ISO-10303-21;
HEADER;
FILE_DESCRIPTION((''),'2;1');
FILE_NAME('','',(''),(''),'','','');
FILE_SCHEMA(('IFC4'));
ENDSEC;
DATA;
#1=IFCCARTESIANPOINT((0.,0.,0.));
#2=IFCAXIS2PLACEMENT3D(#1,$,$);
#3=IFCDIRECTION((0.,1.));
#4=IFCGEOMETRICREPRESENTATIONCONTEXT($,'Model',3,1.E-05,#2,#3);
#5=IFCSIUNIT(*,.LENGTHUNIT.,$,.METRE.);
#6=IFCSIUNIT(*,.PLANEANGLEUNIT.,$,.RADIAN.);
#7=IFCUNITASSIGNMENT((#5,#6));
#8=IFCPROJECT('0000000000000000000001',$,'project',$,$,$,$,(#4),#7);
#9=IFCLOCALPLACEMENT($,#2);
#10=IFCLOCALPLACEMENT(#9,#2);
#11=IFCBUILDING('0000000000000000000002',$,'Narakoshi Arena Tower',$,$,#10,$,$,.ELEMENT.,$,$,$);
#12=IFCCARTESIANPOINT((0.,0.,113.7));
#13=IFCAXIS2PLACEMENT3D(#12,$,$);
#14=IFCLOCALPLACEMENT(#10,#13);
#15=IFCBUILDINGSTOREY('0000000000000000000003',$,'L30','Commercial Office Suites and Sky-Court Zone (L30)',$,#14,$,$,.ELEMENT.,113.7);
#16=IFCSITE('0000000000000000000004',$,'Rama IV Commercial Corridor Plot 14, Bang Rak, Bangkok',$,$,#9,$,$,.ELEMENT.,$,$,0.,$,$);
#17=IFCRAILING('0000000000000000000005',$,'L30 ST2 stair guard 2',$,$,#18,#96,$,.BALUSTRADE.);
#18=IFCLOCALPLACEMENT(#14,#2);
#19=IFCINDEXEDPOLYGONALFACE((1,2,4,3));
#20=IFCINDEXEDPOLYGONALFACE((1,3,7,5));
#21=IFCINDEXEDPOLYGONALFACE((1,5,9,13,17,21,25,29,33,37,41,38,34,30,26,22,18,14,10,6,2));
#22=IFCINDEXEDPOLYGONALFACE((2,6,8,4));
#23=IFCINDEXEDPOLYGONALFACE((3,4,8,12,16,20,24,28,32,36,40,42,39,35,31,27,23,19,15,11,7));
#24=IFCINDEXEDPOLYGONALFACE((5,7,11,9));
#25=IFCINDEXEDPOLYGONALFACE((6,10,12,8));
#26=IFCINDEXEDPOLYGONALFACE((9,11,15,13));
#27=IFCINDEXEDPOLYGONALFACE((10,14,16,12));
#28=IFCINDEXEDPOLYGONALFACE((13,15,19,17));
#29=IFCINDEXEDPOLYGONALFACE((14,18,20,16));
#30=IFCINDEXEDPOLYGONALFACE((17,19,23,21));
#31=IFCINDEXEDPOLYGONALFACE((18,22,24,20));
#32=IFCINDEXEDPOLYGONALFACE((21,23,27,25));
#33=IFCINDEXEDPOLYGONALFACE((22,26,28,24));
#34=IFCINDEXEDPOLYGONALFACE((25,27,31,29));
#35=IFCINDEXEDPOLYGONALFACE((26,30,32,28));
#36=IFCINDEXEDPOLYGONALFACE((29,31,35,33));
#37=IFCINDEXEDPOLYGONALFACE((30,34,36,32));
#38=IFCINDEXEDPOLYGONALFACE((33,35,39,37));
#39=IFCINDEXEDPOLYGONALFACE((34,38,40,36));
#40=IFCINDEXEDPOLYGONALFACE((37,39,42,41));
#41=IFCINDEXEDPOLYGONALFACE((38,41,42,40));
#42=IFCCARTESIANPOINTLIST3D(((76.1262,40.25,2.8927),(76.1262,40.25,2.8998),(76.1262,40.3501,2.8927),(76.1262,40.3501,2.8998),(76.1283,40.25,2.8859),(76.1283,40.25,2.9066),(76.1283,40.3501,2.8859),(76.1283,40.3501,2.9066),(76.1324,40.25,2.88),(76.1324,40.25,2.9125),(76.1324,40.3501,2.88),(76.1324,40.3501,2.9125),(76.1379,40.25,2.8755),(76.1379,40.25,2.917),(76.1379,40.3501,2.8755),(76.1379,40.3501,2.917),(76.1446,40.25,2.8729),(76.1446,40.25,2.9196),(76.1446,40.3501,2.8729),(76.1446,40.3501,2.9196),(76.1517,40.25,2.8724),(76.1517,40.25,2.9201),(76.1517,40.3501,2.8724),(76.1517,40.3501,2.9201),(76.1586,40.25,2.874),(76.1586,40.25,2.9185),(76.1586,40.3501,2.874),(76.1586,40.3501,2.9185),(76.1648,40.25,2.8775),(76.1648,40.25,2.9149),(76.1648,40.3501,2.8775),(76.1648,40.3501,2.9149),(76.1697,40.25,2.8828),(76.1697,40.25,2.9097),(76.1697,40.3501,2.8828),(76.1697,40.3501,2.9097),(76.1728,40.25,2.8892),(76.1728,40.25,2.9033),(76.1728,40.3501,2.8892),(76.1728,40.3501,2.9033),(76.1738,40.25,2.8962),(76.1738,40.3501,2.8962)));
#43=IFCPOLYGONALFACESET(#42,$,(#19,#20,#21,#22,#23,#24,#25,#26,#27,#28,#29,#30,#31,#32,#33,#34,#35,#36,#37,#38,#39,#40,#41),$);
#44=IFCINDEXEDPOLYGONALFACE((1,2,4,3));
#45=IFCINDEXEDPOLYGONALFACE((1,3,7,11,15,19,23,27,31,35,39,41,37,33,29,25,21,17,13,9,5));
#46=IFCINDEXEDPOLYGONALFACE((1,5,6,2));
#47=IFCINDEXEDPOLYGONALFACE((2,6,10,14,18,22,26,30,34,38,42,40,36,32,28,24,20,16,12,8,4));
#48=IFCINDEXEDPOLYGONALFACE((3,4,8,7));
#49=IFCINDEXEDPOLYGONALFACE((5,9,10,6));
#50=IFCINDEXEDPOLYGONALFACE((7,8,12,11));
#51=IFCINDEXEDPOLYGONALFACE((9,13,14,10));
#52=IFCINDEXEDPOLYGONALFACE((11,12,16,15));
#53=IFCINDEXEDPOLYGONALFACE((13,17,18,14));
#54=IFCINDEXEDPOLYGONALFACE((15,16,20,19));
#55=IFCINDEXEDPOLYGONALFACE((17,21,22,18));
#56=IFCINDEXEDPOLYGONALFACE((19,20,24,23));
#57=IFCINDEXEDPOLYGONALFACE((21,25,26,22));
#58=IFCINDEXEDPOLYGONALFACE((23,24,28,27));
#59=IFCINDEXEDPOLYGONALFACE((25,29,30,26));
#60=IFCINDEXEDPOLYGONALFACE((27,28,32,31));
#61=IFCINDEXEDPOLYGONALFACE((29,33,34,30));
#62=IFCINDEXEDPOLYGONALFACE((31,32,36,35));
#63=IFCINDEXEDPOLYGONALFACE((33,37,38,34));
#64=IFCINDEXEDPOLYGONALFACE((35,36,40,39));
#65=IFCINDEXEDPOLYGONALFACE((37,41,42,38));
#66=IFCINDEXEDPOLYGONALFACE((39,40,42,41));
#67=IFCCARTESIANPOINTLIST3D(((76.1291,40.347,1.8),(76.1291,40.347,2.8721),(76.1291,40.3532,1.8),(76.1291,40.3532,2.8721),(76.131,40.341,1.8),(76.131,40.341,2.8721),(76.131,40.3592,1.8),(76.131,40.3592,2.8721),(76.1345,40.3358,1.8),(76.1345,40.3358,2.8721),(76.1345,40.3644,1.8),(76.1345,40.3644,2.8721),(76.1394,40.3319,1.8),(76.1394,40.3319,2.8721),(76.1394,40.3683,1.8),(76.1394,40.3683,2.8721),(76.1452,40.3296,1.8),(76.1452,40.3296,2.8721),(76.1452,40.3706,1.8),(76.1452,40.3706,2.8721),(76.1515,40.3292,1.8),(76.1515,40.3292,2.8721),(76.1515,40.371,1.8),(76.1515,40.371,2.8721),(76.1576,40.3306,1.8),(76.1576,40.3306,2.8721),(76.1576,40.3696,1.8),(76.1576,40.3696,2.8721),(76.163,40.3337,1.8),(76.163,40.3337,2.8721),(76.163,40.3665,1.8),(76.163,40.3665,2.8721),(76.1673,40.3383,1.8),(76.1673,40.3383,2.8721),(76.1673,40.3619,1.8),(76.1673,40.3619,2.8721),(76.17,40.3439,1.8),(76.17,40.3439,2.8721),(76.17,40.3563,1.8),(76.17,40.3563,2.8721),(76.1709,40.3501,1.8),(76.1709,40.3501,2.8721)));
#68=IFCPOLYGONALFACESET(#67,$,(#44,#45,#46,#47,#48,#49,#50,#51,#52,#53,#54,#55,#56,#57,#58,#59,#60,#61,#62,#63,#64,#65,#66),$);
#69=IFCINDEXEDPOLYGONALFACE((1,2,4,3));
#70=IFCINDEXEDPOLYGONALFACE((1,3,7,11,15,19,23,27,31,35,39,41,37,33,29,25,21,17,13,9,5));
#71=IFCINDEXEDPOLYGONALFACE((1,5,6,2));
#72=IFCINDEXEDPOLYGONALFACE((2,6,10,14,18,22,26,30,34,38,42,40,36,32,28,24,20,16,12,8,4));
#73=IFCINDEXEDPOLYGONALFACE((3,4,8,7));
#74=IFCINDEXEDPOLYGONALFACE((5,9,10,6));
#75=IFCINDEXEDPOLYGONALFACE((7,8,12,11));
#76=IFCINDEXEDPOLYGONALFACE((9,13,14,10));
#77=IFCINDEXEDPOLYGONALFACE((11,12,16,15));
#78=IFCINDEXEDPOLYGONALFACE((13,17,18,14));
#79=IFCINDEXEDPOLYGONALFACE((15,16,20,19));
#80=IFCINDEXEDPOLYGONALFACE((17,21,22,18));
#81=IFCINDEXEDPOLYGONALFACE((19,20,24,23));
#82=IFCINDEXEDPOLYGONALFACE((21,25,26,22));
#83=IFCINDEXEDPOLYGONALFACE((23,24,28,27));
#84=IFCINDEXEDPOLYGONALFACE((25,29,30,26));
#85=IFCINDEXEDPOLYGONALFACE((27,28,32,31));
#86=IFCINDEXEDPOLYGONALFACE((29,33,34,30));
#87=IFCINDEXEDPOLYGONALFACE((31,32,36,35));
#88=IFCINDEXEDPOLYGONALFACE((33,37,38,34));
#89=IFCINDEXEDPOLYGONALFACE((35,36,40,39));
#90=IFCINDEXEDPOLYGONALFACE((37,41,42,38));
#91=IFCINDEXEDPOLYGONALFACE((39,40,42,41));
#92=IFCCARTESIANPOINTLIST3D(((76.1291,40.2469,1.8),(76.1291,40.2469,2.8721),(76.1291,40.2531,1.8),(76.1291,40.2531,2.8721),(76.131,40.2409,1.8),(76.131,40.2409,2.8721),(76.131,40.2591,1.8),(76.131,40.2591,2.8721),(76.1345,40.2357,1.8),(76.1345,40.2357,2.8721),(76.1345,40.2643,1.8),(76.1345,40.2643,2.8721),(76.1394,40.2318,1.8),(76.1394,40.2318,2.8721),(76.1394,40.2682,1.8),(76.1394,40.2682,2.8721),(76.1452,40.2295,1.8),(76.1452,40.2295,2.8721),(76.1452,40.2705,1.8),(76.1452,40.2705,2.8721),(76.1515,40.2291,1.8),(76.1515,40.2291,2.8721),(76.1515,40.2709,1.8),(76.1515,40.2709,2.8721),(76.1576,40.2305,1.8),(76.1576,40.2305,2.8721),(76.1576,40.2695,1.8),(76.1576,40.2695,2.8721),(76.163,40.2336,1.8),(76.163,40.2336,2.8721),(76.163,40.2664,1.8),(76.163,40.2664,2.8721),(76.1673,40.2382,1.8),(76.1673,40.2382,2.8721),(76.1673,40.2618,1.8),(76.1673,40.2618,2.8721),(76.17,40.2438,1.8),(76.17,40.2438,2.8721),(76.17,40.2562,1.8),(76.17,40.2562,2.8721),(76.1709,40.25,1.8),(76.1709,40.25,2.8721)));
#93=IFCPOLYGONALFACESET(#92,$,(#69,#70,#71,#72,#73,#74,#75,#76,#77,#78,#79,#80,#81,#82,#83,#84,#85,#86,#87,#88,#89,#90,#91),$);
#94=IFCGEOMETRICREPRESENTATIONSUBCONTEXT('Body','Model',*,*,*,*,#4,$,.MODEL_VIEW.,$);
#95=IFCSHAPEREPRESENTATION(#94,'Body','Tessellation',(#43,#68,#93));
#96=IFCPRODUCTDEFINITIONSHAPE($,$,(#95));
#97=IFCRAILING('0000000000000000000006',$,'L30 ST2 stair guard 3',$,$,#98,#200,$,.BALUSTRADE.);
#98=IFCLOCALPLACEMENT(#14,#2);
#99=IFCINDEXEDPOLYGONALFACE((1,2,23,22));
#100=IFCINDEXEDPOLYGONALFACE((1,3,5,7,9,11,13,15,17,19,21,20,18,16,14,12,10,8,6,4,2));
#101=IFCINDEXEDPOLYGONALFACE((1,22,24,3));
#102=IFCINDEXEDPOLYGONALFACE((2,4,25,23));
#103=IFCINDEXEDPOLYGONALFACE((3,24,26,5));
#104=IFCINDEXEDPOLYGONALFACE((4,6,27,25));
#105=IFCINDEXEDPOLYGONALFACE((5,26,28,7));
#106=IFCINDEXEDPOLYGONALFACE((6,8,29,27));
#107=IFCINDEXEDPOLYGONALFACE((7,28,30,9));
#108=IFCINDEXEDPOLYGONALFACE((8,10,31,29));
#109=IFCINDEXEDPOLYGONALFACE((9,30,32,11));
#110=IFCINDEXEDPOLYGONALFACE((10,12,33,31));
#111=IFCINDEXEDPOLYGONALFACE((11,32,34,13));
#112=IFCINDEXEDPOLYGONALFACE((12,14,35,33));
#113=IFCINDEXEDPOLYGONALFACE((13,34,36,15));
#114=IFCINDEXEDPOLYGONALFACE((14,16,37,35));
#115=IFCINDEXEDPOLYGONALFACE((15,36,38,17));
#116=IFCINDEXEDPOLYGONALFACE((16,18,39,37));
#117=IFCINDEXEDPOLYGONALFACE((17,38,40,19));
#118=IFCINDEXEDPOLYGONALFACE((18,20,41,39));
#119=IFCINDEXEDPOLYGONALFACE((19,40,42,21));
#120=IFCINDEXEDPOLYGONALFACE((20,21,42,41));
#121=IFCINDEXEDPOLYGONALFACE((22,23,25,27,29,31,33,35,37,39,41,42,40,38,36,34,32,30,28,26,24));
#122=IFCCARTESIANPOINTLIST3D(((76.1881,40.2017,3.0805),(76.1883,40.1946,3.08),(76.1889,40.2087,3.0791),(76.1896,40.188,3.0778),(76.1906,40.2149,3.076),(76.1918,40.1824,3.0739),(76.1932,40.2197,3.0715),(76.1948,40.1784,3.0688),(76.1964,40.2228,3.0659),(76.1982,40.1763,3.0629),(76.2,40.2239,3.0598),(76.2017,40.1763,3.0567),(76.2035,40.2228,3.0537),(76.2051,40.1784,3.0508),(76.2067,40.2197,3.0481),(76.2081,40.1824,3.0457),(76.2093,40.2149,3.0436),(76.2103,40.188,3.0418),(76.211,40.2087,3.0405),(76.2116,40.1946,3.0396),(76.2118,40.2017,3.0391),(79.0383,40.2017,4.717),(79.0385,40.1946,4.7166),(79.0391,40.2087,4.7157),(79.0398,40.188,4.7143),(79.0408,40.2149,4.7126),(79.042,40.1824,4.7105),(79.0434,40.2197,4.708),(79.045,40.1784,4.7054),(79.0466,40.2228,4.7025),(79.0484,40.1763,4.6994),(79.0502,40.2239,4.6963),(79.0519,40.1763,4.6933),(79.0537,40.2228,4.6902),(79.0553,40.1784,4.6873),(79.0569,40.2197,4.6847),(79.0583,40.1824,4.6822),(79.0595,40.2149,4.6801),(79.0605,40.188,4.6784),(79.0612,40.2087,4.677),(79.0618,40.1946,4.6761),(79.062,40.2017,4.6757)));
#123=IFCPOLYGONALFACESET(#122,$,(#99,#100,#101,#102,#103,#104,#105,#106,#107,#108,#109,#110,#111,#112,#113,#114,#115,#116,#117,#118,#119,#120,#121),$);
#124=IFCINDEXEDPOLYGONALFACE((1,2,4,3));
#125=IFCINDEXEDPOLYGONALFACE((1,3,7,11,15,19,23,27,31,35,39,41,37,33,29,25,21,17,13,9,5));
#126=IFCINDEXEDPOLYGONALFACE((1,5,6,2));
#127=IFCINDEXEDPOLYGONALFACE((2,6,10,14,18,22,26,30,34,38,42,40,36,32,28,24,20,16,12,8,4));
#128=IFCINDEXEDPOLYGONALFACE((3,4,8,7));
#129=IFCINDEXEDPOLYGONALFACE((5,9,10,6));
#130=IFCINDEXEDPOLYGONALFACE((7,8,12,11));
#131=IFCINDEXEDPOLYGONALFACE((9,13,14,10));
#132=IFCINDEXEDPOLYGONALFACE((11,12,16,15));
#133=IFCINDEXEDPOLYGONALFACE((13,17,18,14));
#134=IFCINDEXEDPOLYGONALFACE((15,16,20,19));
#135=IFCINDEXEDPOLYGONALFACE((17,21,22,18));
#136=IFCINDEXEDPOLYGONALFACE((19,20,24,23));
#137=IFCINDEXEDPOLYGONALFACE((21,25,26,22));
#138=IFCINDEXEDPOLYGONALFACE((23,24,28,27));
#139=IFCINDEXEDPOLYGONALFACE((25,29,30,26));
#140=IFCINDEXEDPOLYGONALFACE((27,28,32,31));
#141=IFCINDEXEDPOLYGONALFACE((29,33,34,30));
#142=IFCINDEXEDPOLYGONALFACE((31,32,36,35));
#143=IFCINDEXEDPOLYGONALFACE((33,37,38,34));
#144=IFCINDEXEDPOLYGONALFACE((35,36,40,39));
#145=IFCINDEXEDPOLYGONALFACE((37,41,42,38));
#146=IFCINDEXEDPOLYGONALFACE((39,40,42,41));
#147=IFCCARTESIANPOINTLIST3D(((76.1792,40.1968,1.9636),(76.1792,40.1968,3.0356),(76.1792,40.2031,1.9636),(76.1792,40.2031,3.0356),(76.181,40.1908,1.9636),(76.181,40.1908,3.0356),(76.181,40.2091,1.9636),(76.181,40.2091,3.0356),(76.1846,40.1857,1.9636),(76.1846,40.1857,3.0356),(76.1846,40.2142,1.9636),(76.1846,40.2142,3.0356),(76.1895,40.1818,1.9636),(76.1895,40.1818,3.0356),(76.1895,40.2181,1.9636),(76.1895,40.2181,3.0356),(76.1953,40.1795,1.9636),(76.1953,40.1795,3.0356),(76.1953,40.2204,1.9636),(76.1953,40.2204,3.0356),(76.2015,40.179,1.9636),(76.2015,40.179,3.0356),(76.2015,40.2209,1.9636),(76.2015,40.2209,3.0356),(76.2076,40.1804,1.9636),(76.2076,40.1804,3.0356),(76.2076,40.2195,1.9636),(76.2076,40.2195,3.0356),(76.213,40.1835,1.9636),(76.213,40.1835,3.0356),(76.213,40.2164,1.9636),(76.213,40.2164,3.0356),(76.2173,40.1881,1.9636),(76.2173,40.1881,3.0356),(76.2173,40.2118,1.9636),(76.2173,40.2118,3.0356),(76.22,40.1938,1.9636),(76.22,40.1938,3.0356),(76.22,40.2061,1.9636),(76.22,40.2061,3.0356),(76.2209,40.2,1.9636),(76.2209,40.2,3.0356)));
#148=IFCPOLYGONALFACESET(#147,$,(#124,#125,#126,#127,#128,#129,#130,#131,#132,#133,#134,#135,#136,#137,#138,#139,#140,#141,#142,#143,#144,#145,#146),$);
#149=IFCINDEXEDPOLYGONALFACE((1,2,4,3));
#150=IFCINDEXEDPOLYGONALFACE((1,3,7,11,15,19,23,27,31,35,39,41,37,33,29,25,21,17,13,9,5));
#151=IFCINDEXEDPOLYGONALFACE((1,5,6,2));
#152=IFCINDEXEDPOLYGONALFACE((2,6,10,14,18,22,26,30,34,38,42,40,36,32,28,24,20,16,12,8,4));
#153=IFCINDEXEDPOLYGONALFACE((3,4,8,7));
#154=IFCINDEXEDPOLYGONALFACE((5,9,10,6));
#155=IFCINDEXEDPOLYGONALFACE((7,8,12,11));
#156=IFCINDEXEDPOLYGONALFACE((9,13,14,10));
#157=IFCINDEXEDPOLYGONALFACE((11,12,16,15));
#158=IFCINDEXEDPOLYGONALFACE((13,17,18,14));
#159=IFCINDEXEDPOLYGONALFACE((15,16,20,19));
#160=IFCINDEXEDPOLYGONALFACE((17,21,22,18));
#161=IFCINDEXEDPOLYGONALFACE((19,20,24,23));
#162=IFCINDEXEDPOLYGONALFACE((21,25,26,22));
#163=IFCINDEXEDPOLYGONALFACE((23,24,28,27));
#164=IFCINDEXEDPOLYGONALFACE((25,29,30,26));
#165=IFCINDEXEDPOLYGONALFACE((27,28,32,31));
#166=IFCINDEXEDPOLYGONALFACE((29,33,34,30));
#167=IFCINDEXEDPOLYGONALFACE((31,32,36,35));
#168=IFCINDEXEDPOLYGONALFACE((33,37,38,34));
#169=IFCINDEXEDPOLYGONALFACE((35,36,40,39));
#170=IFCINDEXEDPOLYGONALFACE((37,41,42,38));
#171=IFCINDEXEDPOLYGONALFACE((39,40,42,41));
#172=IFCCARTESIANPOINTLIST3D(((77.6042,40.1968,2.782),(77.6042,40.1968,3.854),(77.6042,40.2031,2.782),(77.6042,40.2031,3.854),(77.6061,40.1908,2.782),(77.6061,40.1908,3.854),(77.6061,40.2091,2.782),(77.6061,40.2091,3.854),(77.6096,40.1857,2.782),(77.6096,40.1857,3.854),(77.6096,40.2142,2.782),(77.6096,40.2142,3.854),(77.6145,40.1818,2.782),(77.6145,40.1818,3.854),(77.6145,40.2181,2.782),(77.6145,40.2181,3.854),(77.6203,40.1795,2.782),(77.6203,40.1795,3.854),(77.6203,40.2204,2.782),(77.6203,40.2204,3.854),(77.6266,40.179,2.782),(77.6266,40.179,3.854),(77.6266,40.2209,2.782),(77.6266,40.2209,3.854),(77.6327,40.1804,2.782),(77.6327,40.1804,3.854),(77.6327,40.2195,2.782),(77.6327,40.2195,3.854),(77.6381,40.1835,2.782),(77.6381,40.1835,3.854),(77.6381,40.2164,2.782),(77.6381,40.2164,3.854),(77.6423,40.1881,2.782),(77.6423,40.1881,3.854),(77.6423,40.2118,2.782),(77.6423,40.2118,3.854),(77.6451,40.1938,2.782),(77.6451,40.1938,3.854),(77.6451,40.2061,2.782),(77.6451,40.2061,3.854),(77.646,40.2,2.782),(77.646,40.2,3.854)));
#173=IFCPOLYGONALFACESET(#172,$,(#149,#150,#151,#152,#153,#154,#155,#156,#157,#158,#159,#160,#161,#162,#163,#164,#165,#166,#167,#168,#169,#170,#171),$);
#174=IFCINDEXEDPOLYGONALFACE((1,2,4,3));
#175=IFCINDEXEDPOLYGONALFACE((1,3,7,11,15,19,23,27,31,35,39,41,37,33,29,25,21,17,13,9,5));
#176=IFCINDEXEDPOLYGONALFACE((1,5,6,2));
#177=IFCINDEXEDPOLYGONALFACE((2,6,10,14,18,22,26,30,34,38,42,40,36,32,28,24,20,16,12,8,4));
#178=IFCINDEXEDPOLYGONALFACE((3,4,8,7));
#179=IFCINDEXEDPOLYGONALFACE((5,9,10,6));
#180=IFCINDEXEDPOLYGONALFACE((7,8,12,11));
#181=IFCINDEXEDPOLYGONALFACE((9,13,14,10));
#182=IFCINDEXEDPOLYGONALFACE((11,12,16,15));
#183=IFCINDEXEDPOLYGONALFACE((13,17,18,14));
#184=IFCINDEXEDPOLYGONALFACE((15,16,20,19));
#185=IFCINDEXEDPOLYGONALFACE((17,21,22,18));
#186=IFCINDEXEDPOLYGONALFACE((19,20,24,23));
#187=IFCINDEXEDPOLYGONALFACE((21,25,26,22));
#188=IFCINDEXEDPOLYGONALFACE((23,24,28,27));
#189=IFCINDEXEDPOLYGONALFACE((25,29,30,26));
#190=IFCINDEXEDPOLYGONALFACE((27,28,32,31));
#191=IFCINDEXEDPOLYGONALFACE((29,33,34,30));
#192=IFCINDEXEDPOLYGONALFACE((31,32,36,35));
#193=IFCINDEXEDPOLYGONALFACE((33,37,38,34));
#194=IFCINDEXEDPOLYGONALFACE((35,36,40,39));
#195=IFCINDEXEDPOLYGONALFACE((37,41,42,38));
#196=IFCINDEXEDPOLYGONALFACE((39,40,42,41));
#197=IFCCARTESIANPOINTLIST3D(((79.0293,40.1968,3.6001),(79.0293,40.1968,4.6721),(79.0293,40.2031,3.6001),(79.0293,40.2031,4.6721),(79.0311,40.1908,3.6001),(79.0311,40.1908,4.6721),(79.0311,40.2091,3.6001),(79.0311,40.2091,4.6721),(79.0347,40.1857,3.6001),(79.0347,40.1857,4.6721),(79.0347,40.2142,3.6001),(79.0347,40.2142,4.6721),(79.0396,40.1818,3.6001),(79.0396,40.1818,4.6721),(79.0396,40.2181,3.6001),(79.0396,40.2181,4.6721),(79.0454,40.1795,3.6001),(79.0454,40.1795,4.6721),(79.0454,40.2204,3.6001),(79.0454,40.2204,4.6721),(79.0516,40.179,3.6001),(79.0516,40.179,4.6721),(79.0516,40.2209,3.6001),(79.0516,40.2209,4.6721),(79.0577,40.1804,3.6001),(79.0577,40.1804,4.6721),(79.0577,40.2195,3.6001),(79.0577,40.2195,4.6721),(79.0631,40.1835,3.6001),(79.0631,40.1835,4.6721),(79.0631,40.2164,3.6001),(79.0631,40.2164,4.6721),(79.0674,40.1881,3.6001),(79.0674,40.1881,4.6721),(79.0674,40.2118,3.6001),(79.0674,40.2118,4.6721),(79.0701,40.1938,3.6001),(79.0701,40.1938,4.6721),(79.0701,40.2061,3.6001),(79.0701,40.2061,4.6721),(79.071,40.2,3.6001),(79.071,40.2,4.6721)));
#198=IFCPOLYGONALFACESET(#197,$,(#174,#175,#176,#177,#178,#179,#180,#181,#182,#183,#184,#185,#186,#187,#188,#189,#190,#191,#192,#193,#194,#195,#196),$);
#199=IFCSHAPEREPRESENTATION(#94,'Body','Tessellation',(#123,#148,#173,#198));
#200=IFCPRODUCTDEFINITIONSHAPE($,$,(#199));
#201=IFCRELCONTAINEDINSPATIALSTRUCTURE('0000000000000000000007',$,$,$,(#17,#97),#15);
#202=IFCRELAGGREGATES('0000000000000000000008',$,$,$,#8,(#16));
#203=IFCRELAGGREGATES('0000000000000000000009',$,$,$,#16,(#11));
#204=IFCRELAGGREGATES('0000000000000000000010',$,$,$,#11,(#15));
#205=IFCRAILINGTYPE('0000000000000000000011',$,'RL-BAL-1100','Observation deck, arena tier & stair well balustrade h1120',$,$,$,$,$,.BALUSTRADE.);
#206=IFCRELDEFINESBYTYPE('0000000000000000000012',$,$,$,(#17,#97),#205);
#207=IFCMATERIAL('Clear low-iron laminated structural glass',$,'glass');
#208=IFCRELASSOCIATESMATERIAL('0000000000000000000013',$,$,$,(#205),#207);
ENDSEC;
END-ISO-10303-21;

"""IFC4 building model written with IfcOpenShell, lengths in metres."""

from ifc_helpers import new_model, si_unit, direction, frame, origin, origin_2d, place, context, subcontext, project, spatial, circle, extrude, material, type_object, element, save


model = new_model("IFC4")

# Units and contexts
model_context = context("Model", 3, precision=1e-05, world=origin(), true_north=direction((0.0, 1.0)))
body_context = subcontext(model_context, "Body", "Model", "MODEL_VIEW")
ifc_project = project(units=[si_unit("LENGTHUNIT", "METRE"), si_unit("PLANEANGLEUNIT", "RADIAN")], contexts=[model_context])

# Site, building, storey
site_placement = place(None, origin())
site = spatial("IfcSite", under=ifc_project, at=site_placement, Name="Rama IV Commercial Corridor Plot 14, Bang Rak, Bangkok", CompositionType="ELEMENT", RefElevation=0.0)
building_placement = place(site_placement, origin())
building = spatial("IfcBuilding", under=site, at=building_placement, Name="Narakoshi Arena Tower", CompositionType="ELEMENT")
storey_placement = place(building_placement, frame((0.0, 0.0, 113.7)))
storey = spatial("IfcBuildingStorey", under=building, at=storey_placement, Name="L30", Description="Commercial Office Suites and Sky-Court Zone (L30)", CompositionType="ELEMENT", Elevation=113.7)

# Railings
ifc_material_1 = material(Name="Clear low-iron laminated structural glass", Category="glass")
railing_type_1 = type_object("IfcRailingType", Name="RL-BAL-1100", Description="Observation deck, arena tier & stair well balustrade h1120", PredefinedType="BALUSTRADE", material=ifc_material_1)
railing_1_placement = place(storey_placement, frame((76.1499, 40.3501, 1.8)))
element("IfcRailing", 1, at=railing_1_placement, inside=storey, type_object=railing_type_1, Name="L30 ST2 stair guard 2", PredefinedType="BALUSTRADE", context=body_context, shape_type="SweptSolid", body=[
    extrude(circle(Radius=0.0239, at=origin_2d()), frame((0.0, 0.0, 1.0962), z_axis=(0.0, -1.0, 0.0), x_axis=(1.0, 0.0, 0.0)), (0.0, 0.0, 1.0), 0.1001),
    extrude(circle(Radius=0.021, at=origin_2d()), origin(), (0.0, 0.0, 1.0), 1.072),
    extrude(circle(Radius=0.021, at=origin_2d()), frame((0.0, -0.1001, 0.0)), (0.0, 0.0, 1.0), 1.072),
])
railing_2_placement = place(storey_placement, frame((76.2, 40.2, 1.9636)))
element("IfcRailing", 2, at=railing_2_placement, inside=storey, type_object=railing_type_1, Name="L30 ST2 stair guard 3", PredefinedType="BALUSTRADE", context=body_context, shape_type="SweptSolid", body=[
    extrude(circle(Radius=0.0239, at=origin_2d()), frame((0.0, 0.0, 1.0962), z_axis=(0.867213, 0.0, 0.497938), x_axis=(0.0, 1.0, 0.0)), (0.0, 0.0, 1.0), 3.2866),
    extrude(circle(Radius=0.021, at=origin_2d()), origin(), (0.0, 0.0, 1.0), 1.072),
    extrude(circle(Radius=0.021, at=origin_2d()), frame((1.425, 0.0, 0.8184)), (0.0, 0.0, 1.0), 1.072),
    extrude(circle(Radius=0.021, at=origin_2d()), frame((2.8501, 0.0, 1.6365)), (0.0, 0.0, 1.0), 1.072),
])

save(model, "model.ifc")
